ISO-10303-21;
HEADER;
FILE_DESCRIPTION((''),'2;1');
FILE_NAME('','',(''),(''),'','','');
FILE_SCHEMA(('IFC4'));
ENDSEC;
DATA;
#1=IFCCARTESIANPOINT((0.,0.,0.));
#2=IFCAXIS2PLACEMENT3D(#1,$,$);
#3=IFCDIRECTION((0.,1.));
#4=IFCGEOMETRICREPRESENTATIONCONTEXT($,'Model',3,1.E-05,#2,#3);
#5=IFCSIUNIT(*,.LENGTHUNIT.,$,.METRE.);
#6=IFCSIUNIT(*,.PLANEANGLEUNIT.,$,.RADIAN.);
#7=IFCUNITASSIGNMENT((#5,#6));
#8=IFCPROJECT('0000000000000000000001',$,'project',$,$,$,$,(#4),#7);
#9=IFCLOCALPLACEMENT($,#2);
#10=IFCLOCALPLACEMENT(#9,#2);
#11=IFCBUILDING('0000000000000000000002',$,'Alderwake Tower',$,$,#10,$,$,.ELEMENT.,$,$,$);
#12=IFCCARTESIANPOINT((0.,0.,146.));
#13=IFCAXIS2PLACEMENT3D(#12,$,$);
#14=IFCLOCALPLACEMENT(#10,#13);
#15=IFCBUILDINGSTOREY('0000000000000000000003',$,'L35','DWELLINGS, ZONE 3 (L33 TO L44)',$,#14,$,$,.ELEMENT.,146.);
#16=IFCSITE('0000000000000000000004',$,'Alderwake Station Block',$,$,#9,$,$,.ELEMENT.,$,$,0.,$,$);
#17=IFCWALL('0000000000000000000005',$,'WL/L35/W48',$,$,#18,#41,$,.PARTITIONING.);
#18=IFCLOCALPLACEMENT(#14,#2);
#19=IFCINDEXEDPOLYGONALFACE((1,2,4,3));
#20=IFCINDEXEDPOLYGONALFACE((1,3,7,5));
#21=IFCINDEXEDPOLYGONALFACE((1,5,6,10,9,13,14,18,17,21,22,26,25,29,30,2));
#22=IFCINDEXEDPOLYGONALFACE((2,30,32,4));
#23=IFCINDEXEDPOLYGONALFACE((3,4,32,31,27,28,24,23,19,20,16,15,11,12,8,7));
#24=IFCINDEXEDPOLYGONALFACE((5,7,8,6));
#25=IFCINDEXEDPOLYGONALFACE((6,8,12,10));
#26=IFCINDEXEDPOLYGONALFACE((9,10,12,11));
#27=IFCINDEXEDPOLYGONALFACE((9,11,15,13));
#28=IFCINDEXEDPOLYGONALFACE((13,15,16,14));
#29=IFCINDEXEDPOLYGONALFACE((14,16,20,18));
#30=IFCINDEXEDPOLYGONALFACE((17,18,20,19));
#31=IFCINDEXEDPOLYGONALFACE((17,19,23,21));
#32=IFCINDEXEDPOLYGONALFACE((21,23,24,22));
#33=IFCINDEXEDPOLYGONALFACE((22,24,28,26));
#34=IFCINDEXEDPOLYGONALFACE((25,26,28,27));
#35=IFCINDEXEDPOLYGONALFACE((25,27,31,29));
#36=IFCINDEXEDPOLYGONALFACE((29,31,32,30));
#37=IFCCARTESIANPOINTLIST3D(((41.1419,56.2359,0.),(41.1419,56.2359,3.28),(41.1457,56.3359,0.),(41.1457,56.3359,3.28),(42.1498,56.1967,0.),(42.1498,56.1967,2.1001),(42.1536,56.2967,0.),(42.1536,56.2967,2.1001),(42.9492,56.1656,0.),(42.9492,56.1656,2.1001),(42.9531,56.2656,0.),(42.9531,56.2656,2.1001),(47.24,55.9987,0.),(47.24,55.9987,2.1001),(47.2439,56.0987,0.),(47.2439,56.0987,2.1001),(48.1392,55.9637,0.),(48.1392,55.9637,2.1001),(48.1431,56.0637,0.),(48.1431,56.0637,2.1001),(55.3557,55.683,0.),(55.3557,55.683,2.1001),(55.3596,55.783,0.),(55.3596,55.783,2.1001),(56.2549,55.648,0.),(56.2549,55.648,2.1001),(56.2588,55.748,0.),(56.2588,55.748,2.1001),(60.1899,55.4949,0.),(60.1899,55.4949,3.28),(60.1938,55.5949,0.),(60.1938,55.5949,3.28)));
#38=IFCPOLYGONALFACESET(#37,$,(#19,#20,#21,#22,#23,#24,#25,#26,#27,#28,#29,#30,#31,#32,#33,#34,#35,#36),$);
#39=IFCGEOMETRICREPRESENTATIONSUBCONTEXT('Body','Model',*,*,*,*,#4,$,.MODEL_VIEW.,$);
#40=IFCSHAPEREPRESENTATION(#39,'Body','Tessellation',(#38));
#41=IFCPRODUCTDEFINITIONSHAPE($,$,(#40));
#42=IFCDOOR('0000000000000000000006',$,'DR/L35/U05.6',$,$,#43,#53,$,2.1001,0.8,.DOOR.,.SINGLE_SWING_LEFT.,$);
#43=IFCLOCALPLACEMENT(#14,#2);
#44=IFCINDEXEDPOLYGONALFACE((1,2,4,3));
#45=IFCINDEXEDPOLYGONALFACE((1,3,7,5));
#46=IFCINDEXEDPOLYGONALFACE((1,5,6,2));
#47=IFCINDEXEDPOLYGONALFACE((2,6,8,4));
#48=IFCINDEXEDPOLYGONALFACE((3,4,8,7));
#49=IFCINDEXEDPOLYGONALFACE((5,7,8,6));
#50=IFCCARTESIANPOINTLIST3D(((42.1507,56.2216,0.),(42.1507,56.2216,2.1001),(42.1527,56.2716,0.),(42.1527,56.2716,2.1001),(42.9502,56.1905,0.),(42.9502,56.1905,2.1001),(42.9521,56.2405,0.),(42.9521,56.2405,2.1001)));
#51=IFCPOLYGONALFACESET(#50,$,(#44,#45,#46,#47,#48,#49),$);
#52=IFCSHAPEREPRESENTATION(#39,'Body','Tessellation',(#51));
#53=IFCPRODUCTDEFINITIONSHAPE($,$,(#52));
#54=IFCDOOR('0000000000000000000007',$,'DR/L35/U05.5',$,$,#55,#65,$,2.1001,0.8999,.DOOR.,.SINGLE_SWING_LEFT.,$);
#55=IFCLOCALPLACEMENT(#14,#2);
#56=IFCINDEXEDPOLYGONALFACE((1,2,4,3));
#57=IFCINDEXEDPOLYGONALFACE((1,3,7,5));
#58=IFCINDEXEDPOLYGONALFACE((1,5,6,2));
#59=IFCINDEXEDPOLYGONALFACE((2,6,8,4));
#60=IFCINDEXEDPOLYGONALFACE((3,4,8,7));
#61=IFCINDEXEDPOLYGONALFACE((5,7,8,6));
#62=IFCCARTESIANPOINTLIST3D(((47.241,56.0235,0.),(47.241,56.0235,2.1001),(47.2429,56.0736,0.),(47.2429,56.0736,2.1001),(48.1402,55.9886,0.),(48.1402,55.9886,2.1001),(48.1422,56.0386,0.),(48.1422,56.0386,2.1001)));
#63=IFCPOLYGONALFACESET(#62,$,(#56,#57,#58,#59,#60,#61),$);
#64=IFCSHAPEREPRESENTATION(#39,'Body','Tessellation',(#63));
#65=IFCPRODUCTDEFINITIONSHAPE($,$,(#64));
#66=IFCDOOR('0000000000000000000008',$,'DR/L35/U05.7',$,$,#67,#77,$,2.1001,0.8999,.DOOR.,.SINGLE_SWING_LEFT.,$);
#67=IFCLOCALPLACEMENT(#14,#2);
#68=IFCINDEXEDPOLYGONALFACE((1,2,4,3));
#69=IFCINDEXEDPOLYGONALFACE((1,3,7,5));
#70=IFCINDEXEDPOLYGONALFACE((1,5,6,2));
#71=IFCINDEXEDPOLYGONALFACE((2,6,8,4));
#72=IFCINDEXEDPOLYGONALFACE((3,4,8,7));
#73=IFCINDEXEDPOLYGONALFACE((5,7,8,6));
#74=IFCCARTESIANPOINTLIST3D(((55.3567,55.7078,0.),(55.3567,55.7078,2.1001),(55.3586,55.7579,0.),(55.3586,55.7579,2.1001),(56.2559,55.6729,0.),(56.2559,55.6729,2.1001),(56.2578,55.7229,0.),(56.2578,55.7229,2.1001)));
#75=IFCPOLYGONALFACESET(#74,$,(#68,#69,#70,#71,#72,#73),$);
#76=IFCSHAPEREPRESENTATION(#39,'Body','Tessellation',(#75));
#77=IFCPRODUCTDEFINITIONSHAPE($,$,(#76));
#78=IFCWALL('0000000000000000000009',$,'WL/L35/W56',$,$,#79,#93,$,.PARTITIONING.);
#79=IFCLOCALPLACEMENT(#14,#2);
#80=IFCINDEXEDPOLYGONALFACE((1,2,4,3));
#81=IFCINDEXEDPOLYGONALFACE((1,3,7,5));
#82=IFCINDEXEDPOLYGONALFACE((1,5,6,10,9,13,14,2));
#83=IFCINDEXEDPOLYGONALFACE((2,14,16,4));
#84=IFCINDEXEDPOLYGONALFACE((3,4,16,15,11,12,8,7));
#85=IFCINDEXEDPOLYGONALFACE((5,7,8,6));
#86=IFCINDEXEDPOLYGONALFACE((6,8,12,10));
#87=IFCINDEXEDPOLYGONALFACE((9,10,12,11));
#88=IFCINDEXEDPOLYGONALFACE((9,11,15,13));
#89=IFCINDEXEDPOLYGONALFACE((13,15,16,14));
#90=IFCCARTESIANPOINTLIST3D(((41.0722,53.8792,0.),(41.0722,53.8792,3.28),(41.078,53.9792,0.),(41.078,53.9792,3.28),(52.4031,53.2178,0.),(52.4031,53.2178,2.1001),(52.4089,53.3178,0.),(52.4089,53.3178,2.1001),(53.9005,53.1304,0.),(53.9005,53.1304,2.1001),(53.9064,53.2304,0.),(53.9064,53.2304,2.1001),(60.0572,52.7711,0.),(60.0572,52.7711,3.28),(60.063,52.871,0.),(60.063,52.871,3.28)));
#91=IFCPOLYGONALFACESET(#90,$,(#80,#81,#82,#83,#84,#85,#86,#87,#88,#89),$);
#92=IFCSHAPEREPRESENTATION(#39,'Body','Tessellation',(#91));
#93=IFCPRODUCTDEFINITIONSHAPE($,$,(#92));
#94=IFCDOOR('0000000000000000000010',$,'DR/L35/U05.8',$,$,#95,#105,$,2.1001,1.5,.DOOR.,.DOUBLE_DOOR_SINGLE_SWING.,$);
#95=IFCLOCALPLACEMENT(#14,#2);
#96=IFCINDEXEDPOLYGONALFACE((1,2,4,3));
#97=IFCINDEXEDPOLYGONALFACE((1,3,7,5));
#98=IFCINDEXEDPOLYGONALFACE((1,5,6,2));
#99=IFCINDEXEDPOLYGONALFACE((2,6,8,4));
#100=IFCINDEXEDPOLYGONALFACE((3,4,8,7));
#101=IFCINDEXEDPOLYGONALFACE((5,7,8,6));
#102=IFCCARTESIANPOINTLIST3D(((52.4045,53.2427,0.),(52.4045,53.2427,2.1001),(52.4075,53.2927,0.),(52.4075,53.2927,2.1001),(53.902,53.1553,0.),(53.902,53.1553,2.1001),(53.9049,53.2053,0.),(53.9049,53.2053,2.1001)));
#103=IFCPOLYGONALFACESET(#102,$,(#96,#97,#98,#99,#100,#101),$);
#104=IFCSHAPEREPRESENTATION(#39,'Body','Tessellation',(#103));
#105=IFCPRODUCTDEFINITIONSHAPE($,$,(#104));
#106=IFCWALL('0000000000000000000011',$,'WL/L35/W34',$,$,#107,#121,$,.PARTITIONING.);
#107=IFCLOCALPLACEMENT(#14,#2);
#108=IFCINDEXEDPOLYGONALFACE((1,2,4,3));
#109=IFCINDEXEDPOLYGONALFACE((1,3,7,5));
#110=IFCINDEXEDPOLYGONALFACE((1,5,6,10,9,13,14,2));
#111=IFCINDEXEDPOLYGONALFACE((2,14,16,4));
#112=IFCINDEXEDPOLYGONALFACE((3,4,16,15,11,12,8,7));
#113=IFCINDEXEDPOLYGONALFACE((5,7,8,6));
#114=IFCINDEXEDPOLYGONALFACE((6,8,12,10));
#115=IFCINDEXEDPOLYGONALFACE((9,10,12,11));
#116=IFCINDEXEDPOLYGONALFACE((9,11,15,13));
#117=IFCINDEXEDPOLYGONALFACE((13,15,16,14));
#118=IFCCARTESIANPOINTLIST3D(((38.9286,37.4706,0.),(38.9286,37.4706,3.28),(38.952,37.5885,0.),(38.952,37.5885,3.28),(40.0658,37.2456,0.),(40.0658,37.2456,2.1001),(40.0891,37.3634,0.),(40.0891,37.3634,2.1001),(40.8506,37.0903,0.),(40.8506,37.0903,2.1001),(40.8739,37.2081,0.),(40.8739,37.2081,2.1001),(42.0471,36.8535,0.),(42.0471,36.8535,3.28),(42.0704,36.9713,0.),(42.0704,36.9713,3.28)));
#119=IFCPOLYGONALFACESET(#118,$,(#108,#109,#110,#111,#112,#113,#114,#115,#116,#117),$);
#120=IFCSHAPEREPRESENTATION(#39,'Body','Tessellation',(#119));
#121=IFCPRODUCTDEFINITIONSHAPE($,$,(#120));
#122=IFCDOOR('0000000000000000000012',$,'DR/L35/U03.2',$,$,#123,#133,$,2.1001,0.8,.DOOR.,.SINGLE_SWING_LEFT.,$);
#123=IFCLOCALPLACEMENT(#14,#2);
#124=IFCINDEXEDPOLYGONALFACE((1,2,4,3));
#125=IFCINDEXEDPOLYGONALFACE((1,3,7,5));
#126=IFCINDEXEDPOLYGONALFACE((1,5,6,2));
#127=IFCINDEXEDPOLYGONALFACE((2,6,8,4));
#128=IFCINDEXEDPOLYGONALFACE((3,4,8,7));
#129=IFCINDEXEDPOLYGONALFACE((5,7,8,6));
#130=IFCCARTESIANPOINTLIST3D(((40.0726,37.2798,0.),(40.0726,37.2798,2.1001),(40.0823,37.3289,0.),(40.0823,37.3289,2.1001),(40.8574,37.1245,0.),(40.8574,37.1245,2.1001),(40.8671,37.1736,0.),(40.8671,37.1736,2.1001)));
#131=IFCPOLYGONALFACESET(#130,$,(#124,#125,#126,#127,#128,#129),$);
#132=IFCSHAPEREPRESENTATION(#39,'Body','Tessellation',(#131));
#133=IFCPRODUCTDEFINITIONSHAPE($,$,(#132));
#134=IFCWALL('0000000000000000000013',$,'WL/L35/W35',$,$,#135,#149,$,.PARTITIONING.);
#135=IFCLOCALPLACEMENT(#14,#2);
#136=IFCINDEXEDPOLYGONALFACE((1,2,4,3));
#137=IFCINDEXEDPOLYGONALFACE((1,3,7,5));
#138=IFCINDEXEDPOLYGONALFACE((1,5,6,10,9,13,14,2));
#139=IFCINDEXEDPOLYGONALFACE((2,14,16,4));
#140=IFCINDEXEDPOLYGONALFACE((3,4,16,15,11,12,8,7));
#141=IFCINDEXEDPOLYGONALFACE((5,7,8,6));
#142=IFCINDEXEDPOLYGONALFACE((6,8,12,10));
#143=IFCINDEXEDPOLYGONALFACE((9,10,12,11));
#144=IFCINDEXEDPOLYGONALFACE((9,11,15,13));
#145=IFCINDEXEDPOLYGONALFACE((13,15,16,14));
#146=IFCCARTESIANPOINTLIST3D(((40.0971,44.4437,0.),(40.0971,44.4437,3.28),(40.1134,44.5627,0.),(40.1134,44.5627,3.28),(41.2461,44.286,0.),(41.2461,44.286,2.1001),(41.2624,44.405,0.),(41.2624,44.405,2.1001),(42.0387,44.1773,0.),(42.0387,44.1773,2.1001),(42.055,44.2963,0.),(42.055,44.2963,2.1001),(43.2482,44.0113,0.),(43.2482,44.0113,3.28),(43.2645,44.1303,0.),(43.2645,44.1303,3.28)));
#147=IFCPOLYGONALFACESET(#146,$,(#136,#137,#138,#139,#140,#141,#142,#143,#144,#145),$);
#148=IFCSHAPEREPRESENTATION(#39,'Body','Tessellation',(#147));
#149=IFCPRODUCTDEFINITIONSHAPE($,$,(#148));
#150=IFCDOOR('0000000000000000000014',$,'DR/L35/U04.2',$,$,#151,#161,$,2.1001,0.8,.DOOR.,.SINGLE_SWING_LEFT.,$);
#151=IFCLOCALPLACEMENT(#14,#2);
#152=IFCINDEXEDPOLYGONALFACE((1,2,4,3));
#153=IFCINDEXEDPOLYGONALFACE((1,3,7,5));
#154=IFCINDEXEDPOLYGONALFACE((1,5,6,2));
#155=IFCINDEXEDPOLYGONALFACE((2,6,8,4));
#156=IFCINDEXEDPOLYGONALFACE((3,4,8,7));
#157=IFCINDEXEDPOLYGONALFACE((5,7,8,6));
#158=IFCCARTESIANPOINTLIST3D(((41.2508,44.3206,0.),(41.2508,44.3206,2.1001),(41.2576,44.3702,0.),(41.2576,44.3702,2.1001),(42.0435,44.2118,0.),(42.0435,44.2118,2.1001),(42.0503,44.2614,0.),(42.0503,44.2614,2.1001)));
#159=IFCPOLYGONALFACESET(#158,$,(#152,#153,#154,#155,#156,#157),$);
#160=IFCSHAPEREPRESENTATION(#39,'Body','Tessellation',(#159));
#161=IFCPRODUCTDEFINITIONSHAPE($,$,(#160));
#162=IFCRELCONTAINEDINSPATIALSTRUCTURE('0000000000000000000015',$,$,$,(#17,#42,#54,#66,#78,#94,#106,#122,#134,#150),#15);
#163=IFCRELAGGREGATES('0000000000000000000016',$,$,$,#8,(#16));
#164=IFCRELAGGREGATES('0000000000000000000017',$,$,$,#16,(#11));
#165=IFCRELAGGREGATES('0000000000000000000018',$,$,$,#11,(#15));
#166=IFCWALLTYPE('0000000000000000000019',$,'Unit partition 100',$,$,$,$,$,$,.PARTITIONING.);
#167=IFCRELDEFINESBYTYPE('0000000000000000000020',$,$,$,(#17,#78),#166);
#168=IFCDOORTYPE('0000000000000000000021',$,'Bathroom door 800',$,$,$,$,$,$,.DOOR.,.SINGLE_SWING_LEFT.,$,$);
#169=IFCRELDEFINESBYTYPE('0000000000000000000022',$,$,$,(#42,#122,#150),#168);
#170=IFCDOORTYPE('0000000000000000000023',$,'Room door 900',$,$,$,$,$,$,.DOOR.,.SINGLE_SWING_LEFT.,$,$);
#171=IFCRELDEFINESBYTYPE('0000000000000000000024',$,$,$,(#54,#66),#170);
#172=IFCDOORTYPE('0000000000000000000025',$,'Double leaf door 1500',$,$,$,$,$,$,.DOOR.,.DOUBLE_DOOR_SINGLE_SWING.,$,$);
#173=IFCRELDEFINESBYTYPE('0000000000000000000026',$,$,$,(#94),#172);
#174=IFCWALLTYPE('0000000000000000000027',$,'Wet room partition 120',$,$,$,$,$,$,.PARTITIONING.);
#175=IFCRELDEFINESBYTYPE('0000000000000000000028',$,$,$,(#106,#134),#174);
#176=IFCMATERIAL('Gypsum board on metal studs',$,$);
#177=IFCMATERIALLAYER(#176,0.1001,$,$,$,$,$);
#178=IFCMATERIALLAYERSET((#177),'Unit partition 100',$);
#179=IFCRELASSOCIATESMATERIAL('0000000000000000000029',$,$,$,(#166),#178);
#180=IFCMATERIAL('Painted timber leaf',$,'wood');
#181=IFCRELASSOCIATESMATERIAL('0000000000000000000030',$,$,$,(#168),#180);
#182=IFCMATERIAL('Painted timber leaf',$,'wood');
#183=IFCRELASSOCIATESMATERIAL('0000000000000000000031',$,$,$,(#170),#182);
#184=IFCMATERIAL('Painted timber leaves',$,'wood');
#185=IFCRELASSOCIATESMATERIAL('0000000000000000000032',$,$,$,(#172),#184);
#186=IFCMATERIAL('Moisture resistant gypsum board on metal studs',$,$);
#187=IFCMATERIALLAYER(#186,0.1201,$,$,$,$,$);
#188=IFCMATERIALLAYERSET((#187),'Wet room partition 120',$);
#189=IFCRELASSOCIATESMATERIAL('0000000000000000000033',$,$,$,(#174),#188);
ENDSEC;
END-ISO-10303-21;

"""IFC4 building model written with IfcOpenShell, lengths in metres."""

from ifc_helpers import new_model, si_unit, direction, frame, frame_2d, origin, place, context, subcontext, project, spatial, rectangle, extrude, material, layer, layer_set, type_object, element, fill, save


model = new_model("IFC4")

# Units and contexts
model_context = context("Model", 3, precision=1e-05, world=origin(), true_north=direction((0.0, 1.0)))
body_context = subcontext(model_context, "Body", "Model", "MODEL_VIEW")
ifc_project = project(units=[si_unit("LENGTHUNIT", "METRE"), si_unit("PLANEANGLEUNIT", "RADIAN")], contexts=[model_context])

# Site, building, storey
site_placement = place(None, origin())
site = spatial("IfcSite", under=ifc_project, at=site_placement, Name="Alderwake Station Block", CompositionType="ELEMENT", RefElevation=0.0)
building_placement = place(site_placement, origin())
building = spatial("IfcBuilding", under=site, at=building_placement, Name="Alderwake Tower", CompositionType="ELEMENT")
storey_placement = place(building_placement, frame((0.0, 0.0, 146.0)))
storey = spatial("IfcBuildingStorey", under=building, at=storey_placement, Name="L35", Description="DWELLINGS, ZONE 3 (L33 TO L44)", CompositionType="ELEMENT", Elevation=146.0)

# Wall, openings, doors
ifc_material_1 = material(Name="Gypsum board on metal studs")
ifc_layer_1 = layer(ifc_material_1, 0.1001)
ifc_layer_set_1 = layer_set([ifc_layer_1], Name="Unit partition 100")
wall_type_1 = type_object("IfcWallType", Name="Unit partition 100", PredefinedType="PARTITIONING", material=ifc_layer_set_1)
wall_1_placement = place(storey_placement, frame((41.1438, 56.2859, 0.0), z_axis=(0.0, 0.0, 1.0), x_axis=(0.999244, -0.03887, 0.0)))
wall_1 = element("IfcWall", 1, at=wall_1_placement, inside=storey, type_object=wall_type_1, Name="WL/L35/W48", PredefinedType="PARTITIONING", context=body_context, shape_type="SweptSolid", body=[
    extrude(rectangle(XDim=19.0625, YDim=0.1001, at=frame_2d((9.5312, 0.0))), origin(), (0.0, 0.0, 1.0), 3.28),
])
opening_1_placement = place(wall_1_placement, frame((6.1028, 0.0, 0.0)))
opening_1 = element("IfcOpeningElement", 2, at=opening_1_placement, cuts=wall_1, PredefinedType="OPENING", context=body_context, shape_type="SweptSolid", body=[
    extrude(rectangle(XDim=0.8999, YDim=2.1001, at=frame_2d((0.45, 1.05))), frame((0.0, 0.0601, 0.0), z_axis=(0.0, -1.0, 0.0), x_axis=(1.0, 0.0, 0.0)), (0.0, 0.0, 1.0), 0.1201),
])
opening_2_placement = place(wall_1_placement, frame((1.0088, 0.0, 0.0)))
opening_2 = element("IfcOpeningElement", 3, at=opening_2_placement, cuts=wall_1, PredefinedType="OPENING", context=body_context, shape_type="SweptSolid", body=[
    extrude(rectangle(XDim=0.8, YDim=2.1001, at=frame_2d((0.3999, 1.05))), frame((0.0, 0.0601, 0.0), z_axis=(0.0, -1.0, 0.0), x_axis=(1.0, 0.0, 0.0)), (0.0, 0.0, 1.0), 0.1201),
])
opening_3_placement = place(wall_1_placement, frame((14.2246, 0.0, 0.0)))
opening_3 = element("IfcOpeningElement", 4, at=opening_3_placement, cuts=wall_1, PredefinedType="OPENING", context=body_context, shape_type="SweptSolid", body=[
    extrude(rectangle(XDim=0.8999, YDim=2.1001, at=frame_2d((0.45, 1.05))), frame((0.0, 0.0601, 0.0), z_axis=(0.0, -1.0, 0.0), x_axis=(1.0, 0.0, 0.0)), (0.0, 0.0, 1.0), 0.1201),
])
ifc_material_2 = material(Name="Painted timber leaf", Category="wood")
door_type_1 = type_object("IfcDoorType", Name="Bathroom door 800", OperationType="SINGLE_SWING_LEFT", PredefinedType="DOOR", material=ifc_material_2)
door_1_placement = place(opening_2_placement, origin())
door_1 = element("IfcDoor", 5, at=door_1_placement, inside=storey, type_object=door_type_1, Name="DR/L35/U05.6", OperationType="SINGLE_SWING_LEFT", OverallHeight=2.1001, OverallWidth=0.8, PredefinedType="DOOR", context=body_context, shape_type="SweptSolid", body=[
    extrude(rectangle(XDim=0.8, YDim=2.1001, at=frame_2d((0.3999, 1.05))), frame((0.0, 0.0249, 0.0), z_axis=(0.0, -1.0, 0.0), x_axis=(1.0, 0.0, 0.0)), (0.0, 0.0, 1.0), 0.05),
])
fill(opening_2, door_1)
ifc_material_3 = material(Name="Painted timber leaf", Category="wood")
door_type_2 = type_object("IfcDoorType", Name="Room door 900", OperationType="SINGLE_SWING_LEFT", PredefinedType="DOOR", material=ifc_material_3)
door_2_placement = place(opening_1_placement, origin())
door_2 = element("IfcDoor", 6, at=door_2_placement, inside=storey, type_object=door_type_2, Name="DR/L35/U05.5", OperationType="SINGLE_SWING_LEFT", OverallHeight=2.1001, OverallWidth=0.8999, PredefinedType="DOOR", context=body_context, shape_type="SweptSolid", body=[
    extrude(rectangle(XDim=0.8999, YDim=2.1001, at=frame_2d((0.45, 1.05))), frame((0.0, 0.0249, 0.0), z_axis=(0.0, -1.0, 0.0), x_axis=(1.0, 0.0, 0.0)), (0.0, 0.0, 1.0), 0.05),
])
fill(opening_1, door_2)
door_3_placement = place(opening_3_placement, origin())
door_3 = element("IfcDoor", 7, at=door_3_placement, inside=storey, type_object=door_type_2, Name="DR/L35/U05.7", OperationType="SINGLE_SWING_LEFT", OverallHeight=2.1001, OverallWidth=0.8999, PredefinedType="DOOR", context=body_context, shape_type="SweptSolid", body=[
    extrude(rectangle(XDim=0.8999, YDim=2.1001, at=frame_2d((0.45, 1.05))), frame((0.0, 0.0249, 0.0), z_axis=(0.0, -1.0, 0.0), x_axis=(1.0, 0.0, 0.0)), (0.0, 0.0, 1.0), 0.05),
])
fill(opening_3, door_3)

# Walls, openings, doors
wall_2_placement = place(storey_placement, frame((41.075, 53.9292, 0.0), z_axis=(0.0, 0.0, 1.0), x_axis=(0.998301, -0.05827, 0.0)))
wall_2 = element("IfcWall", 8, at=wall_2_placement, inside=storey, type_object=wall_type_1, Name="WL/L35/W56", PredefinedType="PARTITIONING", context=body_context, shape_type="SweptSolid", body=[
    extrude(rectangle(XDim=19.0173, YDim=0.1001, at=frame_2d((9.5088, 0.0))), origin(), (0.0, 0.0, 1.0), 3.28),
])
opening_4_placement = place(wall_2_placement, frame((11.3503, 0.0, 0.0)))
opening_4 = element("IfcOpeningElement", 9, at=opening_4_placement, cuts=wall_2, PredefinedType="OPENING", context=body_context, shape_type="SweptSolid", body=[
    extrude(rectangle(XDim=1.5, YDim=2.1001, at=frame_2d((0.75, 1.05))), frame((0.0, 0.0601, 0.0), z_axis=(0.0, -1.0, 0.0), x_axis=(1.0, 0.0, 0.0)), (0.0, 0.0, 1.0), 0.1201),
])
ifc_material_4 = material(Name="Painted timber leaves", Category="wood")
door_type_3 = type_object("IfcDoorType", Name="Double leaf door 1500", OperationType="DOUBLE_DOOR_SINGLE_SWING", PredefinedType="DOOR", material=ifc_material_4)
door_4_placement = place(opening_4_placement, origin())
door_4 = element("IfcDoor", 10, at=door_4_placement, inside=storey, type_object=door_type_3, Name="DR/L35/U05.8", OperationType="DOUBLE_DOOR_SINGLE_SWING", OverallHeight=2.1001, OverallWidth=1.5, PredefinedType="DOOR", context=body_context, shape_type="SweptSolid", body=[
    extrude(rectangle(XDim=1.5, YDim=2.1001, at=frame_2d((0.75, 1.05))), frame((0.0, 0.0249, 0.0), z_axis=(0.0, -1.0, 0.0), x_axis=(1.0, 0.0, 0.0)), (0.0, 0.0, 1.0), 0.05),
])
fill(opening_4, door_4)
ifc_material_5 = material(Name="Moisture resistant gypsum board on metal studs")
ifc_layer_2 = layer(ifc_material_5, 0.1201)
ifc_layer_set_2 = layer_set([ifc_layer_2], Name="Wet room partition 120")
wall_type_2 = type_object("IfcWallType", Name="Wet room partition 120", PredefinedType="PARTITIONING", material=ifc_layer_set_2)
wall_3_placement = place(storey_placement, frame((38.9404, 37.5295, 0.0), z_axis=(0.0, 0.0, 1.0), x_axis=(0.980972, -0.194151, 0.0)))
wall_3 = element("IfcWall", 11, at=wall_3_placement, inside=storey, type_object=wall_type_2, Name="WL/L35/W34", PredefinedType="PARTITIONING", context=body_context, shape_type="SweptSolid", body=[
    extrude(rectangle(XDim=3.179, YDim=0.1201, at=frame_2d((1.5894, 0.0))), origin(), (0.0, 0.0, 1.0), 3.28),
])
opening_5_placement = place(wall_3_placement, frame((1.1592, 0.0, 0.0)))
opening_5 = element("IfcOpeningElement", 12, at=opening_5_placement, cuts=wall_3, PredefinedType="OPENING", context=body_context, shape_type="SweptSolid", body=[
    extrude(rectangle(XDim=0.8, YDim=2.1001, at=frame_2d((0.3999, 1.05))), frame((0.0, 0.0701, 0.0), z_axis=(0.0, -1.0, 0.0), x_axis=(1.0, 0.0, 0.0)), (0.0, 0.0, 1.0), 0.1401),
])
door_5_placement = place(opening_5_placement, origin())
door_5 = element("IfcDoor", 13, at=door_5_placement, inside=storey, type_object=door_type_1, Name="DR/L35/U03.2", OperationType="SINGLE_SWING_LEFT", OverallHeight=2.1001, OverallWidth=0.8, PredefinedType="DOOR", context=body_context, shape_type="SweptSolid", body=[
    extrude(rectangle(XDim=0.8, YDim=2.1001, at=frame_2d((0.3999, 1.05))), frame((0.0, 0.0249, 0.0), z_axis=(0.0, -1.0, 0.0), x_axis=(1.0, 0.0, 0.0)), (0.0, 0.0, 1.0), 0.05),
])
fill(opening_5, door_5)
wall_4_placement = place(storey_placement, frame((40.1052, 44.5032, 0.0), z_axis=(0.0, 0.0, 1.0), x_axis=(0.990717, -0.135939, 0.0)))
wall_4 = element("IfcWall", 14, at=wall_4_placement, inside=storey, type_object=wall_type_2, Name="WL/L35/W35", PredefinedType="PARTITIONING", context=body_context, shape_type="SweptSolid", body=[
    extrude(rectangle(XDim=3.1807, YDim=0.1201, at=frame_2d((1.5903, 0.0))), origin(), (0.0, 0.0, 1.0), 3.28),
])
opening_6_placement = place(wall_4_placement, frame((1.1599, 0.0, 0.0)))
opening_6 = element("IfcOpeningElement", 15, at=opening_6_placement, cuts=wall_4, PredefinedType="OPENING", context=body_context, shape_type="SweptSolid", body=[
    extrude(rectangle(XDim=0.8, YDim=2.1001, at=frame_2d((0.3999, 1.05))), frame((0.0, 0.0701, 0.0), z_axis=(0.0, -1.0, 0.0), x_axis=(1.0, 0.0, 0.0)), (0.0, 0.0, 1.0), 0.1401),
])
door_6_placement = place(opening_6_placement, origin())
door_6 = element("IfcDoor", 16, at=door_6_placement, inside=storey, type_object=door_type_1, Name="DR/L35/U04.2", OperationType="SINGLE_SWING_LEFT", OverallHeight=2.1001, OverallWidth=0.8, PredefinedType="DOOR", context=body_context, shape_type="SweptSolid", body=[
    extrude(rectangle(XDim=0.8, YDim=2.1001, at=frame_2d((0.3999, 1.05))), frame((0.0, 0.0249, 0.0), z_axis=(0.0, -1.0, 0.0), x_axis=(1.0, 0.0, 0.0)), (0.0, 0.0, 1.0), 0.05),
])
fill(opening_6, door_6)

save(model, "model.ifc")
